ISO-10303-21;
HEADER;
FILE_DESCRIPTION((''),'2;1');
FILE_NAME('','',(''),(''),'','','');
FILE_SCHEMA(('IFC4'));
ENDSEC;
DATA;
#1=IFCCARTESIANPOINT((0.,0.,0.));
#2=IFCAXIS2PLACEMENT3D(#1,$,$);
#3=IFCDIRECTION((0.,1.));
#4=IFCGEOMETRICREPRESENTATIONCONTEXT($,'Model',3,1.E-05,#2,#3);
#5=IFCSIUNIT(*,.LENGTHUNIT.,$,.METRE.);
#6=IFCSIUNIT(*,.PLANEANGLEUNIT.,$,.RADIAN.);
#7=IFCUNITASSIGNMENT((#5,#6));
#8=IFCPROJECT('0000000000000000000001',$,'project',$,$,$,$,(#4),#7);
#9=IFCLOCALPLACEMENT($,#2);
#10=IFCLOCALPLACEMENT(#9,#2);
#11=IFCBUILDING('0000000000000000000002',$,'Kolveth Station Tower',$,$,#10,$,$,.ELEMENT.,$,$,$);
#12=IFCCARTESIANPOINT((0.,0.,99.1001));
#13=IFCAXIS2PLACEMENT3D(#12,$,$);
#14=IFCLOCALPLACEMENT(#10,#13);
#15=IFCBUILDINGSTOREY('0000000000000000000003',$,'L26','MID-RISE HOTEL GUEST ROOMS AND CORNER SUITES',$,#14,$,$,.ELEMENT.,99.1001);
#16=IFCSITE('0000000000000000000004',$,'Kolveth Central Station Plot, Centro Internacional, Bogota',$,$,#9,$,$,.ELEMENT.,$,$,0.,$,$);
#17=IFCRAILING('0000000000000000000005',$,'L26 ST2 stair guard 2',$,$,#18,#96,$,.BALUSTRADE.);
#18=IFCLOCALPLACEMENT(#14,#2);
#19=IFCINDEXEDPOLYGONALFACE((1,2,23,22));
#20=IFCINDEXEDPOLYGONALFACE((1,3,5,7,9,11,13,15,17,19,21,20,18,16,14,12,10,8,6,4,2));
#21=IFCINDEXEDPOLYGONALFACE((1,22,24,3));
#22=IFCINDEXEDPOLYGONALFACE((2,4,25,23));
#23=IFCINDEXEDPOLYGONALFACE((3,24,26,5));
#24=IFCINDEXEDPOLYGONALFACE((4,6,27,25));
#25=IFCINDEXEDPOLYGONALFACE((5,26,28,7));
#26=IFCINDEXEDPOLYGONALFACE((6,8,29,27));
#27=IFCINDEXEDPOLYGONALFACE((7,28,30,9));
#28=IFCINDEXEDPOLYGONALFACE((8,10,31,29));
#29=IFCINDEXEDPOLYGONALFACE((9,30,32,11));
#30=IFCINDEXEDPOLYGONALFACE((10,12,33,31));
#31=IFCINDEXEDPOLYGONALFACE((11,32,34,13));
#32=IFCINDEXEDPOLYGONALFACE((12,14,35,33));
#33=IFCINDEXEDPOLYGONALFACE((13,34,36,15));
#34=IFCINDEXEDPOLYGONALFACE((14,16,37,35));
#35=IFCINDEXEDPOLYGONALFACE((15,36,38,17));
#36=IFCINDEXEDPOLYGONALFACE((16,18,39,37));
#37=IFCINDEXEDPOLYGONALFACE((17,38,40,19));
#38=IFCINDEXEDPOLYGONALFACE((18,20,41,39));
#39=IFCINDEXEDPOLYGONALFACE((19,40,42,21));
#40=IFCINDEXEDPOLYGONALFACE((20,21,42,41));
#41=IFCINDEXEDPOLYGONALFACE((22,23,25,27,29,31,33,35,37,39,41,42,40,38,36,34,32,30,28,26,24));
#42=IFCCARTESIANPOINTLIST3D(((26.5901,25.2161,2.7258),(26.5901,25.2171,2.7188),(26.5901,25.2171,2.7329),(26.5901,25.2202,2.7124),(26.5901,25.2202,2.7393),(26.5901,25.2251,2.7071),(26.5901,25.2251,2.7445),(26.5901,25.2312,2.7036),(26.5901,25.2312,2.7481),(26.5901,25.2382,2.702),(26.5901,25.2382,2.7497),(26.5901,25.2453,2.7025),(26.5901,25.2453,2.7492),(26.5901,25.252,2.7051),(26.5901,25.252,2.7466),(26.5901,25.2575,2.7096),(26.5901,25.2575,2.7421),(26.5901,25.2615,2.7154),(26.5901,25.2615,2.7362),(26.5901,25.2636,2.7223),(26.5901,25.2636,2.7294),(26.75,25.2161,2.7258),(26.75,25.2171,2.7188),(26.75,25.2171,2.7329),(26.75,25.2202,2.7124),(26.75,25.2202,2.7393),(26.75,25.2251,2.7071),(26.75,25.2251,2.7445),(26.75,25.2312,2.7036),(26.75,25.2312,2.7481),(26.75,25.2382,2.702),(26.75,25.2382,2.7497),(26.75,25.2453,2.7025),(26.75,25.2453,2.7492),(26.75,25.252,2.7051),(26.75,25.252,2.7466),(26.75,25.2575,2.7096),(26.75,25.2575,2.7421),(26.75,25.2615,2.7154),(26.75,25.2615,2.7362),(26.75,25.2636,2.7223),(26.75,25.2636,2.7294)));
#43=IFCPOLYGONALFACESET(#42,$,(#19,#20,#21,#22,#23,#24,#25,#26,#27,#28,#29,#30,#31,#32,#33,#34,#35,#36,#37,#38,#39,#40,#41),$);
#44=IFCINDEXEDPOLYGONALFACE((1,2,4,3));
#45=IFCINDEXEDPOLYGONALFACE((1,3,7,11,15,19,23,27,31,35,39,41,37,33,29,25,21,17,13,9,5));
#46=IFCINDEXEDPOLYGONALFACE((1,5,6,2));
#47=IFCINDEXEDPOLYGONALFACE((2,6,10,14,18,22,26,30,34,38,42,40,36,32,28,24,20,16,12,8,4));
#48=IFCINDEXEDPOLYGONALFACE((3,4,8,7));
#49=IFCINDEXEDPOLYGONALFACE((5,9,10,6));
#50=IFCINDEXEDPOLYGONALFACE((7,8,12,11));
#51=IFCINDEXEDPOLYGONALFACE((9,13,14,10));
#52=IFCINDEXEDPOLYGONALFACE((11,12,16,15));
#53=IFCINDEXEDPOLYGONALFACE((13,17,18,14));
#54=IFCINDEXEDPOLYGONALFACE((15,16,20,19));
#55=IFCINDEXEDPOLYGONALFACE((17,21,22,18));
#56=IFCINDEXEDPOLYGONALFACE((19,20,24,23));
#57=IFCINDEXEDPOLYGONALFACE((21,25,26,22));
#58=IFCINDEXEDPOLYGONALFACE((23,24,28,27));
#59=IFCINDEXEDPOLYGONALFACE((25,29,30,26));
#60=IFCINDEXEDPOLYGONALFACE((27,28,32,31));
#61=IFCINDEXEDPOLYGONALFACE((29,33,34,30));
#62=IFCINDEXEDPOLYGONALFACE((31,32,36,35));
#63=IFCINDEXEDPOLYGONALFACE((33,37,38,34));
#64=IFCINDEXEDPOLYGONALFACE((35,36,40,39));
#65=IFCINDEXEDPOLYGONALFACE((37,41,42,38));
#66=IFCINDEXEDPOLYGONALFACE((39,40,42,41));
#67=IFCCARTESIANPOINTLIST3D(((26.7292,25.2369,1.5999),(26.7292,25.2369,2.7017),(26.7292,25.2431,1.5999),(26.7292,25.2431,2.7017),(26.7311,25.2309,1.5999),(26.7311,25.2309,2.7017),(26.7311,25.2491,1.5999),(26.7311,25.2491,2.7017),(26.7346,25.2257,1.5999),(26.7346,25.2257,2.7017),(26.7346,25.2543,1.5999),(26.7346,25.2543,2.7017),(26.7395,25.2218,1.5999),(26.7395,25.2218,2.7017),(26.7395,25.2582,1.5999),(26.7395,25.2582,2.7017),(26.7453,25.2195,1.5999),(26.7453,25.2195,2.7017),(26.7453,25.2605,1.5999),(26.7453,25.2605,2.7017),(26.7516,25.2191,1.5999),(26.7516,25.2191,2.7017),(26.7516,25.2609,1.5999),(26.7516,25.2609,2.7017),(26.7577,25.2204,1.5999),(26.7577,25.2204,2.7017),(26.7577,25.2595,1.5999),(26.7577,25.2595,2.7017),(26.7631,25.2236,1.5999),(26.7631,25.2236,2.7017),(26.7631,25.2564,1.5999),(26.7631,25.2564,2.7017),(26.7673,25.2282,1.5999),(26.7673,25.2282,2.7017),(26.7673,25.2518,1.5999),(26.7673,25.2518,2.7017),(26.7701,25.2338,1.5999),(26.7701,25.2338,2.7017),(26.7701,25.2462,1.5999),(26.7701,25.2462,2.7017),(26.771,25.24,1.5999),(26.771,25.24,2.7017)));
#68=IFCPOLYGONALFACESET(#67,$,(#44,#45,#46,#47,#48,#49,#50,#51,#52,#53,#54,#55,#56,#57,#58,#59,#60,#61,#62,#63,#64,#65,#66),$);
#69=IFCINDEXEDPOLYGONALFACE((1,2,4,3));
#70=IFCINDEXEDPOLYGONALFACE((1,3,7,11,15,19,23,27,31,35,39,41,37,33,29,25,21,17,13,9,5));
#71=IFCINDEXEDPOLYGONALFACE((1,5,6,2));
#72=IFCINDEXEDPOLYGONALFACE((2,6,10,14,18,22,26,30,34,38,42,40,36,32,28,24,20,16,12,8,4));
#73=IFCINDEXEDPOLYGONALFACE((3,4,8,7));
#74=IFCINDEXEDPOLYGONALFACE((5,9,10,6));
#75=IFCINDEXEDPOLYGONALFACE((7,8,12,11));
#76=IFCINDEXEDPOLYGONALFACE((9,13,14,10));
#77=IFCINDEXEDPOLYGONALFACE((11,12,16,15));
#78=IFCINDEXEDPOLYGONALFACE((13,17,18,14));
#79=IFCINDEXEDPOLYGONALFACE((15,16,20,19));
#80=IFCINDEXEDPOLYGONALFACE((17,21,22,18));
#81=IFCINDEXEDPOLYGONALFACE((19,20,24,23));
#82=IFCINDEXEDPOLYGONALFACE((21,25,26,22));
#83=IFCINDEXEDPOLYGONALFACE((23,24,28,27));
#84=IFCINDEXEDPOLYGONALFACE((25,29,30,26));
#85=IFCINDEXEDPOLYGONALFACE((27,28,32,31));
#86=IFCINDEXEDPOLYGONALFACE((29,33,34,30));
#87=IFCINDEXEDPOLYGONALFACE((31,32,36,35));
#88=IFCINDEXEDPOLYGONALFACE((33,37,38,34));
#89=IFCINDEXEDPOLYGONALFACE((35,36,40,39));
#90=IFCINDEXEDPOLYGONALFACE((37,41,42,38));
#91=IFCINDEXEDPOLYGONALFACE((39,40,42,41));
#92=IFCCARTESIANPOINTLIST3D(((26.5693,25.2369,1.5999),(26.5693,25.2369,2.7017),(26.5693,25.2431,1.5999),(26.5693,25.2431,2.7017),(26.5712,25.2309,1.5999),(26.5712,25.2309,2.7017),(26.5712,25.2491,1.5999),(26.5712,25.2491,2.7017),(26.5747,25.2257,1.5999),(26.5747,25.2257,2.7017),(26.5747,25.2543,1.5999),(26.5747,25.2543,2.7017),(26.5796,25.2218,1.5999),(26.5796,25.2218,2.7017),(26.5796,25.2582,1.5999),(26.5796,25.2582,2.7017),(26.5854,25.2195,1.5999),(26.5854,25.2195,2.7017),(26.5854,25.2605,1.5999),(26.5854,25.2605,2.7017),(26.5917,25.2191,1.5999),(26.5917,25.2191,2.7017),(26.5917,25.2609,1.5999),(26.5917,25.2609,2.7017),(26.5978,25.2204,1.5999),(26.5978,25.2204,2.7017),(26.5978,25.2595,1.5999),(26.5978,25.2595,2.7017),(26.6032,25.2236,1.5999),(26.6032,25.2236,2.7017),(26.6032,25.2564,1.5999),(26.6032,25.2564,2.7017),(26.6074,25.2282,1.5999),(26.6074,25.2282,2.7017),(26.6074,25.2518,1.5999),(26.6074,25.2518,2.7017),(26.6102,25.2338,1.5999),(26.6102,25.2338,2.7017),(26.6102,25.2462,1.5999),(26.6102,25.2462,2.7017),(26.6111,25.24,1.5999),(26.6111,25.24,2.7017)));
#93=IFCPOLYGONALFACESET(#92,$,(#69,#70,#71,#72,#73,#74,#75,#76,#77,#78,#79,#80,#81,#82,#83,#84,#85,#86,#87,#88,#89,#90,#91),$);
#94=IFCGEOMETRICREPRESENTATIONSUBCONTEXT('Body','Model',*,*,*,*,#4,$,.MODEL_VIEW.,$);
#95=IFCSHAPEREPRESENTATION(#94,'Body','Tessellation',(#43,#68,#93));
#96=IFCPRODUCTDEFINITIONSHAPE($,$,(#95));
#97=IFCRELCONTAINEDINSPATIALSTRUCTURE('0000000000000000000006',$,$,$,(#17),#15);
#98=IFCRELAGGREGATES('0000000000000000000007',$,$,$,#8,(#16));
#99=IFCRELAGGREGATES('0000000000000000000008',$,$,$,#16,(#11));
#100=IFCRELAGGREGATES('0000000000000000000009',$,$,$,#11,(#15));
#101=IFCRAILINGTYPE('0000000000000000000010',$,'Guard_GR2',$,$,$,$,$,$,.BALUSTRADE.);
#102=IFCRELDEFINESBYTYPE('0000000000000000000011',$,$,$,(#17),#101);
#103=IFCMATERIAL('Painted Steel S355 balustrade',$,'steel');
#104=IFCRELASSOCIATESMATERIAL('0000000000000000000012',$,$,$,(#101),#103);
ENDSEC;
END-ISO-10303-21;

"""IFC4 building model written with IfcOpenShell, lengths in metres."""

from ifc_helpers import new_model, si_unit, direction, frame, origin, origin_2d, place, context, subcontext, project, spatial, circle, extrude, material, type_object, element, save


model = new_model("IFC4")

# Units and contexts
model_context = context("Model", 3, precision=1e-05, world=origin(), true_north=direction((0.0, 1.0)))
body_context = subcontext(model_context, "Body", "Model", "MODEL_VIEW")
ifc_project = project(units=[si_unit("LENGTHUNIT", "METRE"), si_unit("PLANEANGLEUNIT", "RADIAN")], contexts=[model_context])

# Site, building, storey
site_placement = place(None, origin())
site = spatial("IfcSite", under=ifc_project, at=site_placement, Name="Kolveth Central Station Plot, Centro Internacional, Bogota", CompositionType="ELEMENT", RefElevation=0.0)
building_placement = place(site_placement, origin())
building = spatial("IfcBuilding", under=site, at=building_placement, Name="Kolveth Station Tower", CompositionType="ELEMENT")
storey_placement = place(building_placement, frame((0.0, 0.0, 99.1001)))
storey = spatial("IfcBuildingStorey", under=building, at=storey_placement, Name="L26", Description="MID-RISE HOTEL GUEST ROOMS AND CORNER SUITES", CompositionType="ELEMENT", Elevation=99.1001)

# Railing
ifc_material_1 = material(Name="Painted Steel S355 balustrade", Category="steel")
railing_type_1 = type_object("IfcRailingType", Name="Guard_GR2", PredefinedType="BALUSTRADE", material=ifc_material_1)
railing_1_placement = place(storey_placement, frame((26.75, 25.24, 1.5999)))
element("IfcRailing", 1, at=railing_1_placement, inside=storey, type_object=railing_type_1, Name="L26 ST2 stair guard 2", PredefinedType="BALUSTRADE", context=body_context, shape_type="SweptSolid", body=[
    extrude(circle(Radius=0.0239, at=origin_2d()), frame((0.0, 0.0, 1.126), z_axis=(-1.0, 0.0, 0.0), x_axis=(0.0, -1.0, 0.0)), (0.0, 0.0, 1.0), 0.1599),
    extrude(circle(Radius=0.021, at=origin_2d()), origin(), (0.0, 0.0, 1.0), 1.1018),
    extrude(circle(Radius=0.021, at=origin_2d()), frame((-0.1599, 0.0, 0.0)), (0.0, 0.0, 1.0), 1.1018),
])

save(model, "model.ifc")
